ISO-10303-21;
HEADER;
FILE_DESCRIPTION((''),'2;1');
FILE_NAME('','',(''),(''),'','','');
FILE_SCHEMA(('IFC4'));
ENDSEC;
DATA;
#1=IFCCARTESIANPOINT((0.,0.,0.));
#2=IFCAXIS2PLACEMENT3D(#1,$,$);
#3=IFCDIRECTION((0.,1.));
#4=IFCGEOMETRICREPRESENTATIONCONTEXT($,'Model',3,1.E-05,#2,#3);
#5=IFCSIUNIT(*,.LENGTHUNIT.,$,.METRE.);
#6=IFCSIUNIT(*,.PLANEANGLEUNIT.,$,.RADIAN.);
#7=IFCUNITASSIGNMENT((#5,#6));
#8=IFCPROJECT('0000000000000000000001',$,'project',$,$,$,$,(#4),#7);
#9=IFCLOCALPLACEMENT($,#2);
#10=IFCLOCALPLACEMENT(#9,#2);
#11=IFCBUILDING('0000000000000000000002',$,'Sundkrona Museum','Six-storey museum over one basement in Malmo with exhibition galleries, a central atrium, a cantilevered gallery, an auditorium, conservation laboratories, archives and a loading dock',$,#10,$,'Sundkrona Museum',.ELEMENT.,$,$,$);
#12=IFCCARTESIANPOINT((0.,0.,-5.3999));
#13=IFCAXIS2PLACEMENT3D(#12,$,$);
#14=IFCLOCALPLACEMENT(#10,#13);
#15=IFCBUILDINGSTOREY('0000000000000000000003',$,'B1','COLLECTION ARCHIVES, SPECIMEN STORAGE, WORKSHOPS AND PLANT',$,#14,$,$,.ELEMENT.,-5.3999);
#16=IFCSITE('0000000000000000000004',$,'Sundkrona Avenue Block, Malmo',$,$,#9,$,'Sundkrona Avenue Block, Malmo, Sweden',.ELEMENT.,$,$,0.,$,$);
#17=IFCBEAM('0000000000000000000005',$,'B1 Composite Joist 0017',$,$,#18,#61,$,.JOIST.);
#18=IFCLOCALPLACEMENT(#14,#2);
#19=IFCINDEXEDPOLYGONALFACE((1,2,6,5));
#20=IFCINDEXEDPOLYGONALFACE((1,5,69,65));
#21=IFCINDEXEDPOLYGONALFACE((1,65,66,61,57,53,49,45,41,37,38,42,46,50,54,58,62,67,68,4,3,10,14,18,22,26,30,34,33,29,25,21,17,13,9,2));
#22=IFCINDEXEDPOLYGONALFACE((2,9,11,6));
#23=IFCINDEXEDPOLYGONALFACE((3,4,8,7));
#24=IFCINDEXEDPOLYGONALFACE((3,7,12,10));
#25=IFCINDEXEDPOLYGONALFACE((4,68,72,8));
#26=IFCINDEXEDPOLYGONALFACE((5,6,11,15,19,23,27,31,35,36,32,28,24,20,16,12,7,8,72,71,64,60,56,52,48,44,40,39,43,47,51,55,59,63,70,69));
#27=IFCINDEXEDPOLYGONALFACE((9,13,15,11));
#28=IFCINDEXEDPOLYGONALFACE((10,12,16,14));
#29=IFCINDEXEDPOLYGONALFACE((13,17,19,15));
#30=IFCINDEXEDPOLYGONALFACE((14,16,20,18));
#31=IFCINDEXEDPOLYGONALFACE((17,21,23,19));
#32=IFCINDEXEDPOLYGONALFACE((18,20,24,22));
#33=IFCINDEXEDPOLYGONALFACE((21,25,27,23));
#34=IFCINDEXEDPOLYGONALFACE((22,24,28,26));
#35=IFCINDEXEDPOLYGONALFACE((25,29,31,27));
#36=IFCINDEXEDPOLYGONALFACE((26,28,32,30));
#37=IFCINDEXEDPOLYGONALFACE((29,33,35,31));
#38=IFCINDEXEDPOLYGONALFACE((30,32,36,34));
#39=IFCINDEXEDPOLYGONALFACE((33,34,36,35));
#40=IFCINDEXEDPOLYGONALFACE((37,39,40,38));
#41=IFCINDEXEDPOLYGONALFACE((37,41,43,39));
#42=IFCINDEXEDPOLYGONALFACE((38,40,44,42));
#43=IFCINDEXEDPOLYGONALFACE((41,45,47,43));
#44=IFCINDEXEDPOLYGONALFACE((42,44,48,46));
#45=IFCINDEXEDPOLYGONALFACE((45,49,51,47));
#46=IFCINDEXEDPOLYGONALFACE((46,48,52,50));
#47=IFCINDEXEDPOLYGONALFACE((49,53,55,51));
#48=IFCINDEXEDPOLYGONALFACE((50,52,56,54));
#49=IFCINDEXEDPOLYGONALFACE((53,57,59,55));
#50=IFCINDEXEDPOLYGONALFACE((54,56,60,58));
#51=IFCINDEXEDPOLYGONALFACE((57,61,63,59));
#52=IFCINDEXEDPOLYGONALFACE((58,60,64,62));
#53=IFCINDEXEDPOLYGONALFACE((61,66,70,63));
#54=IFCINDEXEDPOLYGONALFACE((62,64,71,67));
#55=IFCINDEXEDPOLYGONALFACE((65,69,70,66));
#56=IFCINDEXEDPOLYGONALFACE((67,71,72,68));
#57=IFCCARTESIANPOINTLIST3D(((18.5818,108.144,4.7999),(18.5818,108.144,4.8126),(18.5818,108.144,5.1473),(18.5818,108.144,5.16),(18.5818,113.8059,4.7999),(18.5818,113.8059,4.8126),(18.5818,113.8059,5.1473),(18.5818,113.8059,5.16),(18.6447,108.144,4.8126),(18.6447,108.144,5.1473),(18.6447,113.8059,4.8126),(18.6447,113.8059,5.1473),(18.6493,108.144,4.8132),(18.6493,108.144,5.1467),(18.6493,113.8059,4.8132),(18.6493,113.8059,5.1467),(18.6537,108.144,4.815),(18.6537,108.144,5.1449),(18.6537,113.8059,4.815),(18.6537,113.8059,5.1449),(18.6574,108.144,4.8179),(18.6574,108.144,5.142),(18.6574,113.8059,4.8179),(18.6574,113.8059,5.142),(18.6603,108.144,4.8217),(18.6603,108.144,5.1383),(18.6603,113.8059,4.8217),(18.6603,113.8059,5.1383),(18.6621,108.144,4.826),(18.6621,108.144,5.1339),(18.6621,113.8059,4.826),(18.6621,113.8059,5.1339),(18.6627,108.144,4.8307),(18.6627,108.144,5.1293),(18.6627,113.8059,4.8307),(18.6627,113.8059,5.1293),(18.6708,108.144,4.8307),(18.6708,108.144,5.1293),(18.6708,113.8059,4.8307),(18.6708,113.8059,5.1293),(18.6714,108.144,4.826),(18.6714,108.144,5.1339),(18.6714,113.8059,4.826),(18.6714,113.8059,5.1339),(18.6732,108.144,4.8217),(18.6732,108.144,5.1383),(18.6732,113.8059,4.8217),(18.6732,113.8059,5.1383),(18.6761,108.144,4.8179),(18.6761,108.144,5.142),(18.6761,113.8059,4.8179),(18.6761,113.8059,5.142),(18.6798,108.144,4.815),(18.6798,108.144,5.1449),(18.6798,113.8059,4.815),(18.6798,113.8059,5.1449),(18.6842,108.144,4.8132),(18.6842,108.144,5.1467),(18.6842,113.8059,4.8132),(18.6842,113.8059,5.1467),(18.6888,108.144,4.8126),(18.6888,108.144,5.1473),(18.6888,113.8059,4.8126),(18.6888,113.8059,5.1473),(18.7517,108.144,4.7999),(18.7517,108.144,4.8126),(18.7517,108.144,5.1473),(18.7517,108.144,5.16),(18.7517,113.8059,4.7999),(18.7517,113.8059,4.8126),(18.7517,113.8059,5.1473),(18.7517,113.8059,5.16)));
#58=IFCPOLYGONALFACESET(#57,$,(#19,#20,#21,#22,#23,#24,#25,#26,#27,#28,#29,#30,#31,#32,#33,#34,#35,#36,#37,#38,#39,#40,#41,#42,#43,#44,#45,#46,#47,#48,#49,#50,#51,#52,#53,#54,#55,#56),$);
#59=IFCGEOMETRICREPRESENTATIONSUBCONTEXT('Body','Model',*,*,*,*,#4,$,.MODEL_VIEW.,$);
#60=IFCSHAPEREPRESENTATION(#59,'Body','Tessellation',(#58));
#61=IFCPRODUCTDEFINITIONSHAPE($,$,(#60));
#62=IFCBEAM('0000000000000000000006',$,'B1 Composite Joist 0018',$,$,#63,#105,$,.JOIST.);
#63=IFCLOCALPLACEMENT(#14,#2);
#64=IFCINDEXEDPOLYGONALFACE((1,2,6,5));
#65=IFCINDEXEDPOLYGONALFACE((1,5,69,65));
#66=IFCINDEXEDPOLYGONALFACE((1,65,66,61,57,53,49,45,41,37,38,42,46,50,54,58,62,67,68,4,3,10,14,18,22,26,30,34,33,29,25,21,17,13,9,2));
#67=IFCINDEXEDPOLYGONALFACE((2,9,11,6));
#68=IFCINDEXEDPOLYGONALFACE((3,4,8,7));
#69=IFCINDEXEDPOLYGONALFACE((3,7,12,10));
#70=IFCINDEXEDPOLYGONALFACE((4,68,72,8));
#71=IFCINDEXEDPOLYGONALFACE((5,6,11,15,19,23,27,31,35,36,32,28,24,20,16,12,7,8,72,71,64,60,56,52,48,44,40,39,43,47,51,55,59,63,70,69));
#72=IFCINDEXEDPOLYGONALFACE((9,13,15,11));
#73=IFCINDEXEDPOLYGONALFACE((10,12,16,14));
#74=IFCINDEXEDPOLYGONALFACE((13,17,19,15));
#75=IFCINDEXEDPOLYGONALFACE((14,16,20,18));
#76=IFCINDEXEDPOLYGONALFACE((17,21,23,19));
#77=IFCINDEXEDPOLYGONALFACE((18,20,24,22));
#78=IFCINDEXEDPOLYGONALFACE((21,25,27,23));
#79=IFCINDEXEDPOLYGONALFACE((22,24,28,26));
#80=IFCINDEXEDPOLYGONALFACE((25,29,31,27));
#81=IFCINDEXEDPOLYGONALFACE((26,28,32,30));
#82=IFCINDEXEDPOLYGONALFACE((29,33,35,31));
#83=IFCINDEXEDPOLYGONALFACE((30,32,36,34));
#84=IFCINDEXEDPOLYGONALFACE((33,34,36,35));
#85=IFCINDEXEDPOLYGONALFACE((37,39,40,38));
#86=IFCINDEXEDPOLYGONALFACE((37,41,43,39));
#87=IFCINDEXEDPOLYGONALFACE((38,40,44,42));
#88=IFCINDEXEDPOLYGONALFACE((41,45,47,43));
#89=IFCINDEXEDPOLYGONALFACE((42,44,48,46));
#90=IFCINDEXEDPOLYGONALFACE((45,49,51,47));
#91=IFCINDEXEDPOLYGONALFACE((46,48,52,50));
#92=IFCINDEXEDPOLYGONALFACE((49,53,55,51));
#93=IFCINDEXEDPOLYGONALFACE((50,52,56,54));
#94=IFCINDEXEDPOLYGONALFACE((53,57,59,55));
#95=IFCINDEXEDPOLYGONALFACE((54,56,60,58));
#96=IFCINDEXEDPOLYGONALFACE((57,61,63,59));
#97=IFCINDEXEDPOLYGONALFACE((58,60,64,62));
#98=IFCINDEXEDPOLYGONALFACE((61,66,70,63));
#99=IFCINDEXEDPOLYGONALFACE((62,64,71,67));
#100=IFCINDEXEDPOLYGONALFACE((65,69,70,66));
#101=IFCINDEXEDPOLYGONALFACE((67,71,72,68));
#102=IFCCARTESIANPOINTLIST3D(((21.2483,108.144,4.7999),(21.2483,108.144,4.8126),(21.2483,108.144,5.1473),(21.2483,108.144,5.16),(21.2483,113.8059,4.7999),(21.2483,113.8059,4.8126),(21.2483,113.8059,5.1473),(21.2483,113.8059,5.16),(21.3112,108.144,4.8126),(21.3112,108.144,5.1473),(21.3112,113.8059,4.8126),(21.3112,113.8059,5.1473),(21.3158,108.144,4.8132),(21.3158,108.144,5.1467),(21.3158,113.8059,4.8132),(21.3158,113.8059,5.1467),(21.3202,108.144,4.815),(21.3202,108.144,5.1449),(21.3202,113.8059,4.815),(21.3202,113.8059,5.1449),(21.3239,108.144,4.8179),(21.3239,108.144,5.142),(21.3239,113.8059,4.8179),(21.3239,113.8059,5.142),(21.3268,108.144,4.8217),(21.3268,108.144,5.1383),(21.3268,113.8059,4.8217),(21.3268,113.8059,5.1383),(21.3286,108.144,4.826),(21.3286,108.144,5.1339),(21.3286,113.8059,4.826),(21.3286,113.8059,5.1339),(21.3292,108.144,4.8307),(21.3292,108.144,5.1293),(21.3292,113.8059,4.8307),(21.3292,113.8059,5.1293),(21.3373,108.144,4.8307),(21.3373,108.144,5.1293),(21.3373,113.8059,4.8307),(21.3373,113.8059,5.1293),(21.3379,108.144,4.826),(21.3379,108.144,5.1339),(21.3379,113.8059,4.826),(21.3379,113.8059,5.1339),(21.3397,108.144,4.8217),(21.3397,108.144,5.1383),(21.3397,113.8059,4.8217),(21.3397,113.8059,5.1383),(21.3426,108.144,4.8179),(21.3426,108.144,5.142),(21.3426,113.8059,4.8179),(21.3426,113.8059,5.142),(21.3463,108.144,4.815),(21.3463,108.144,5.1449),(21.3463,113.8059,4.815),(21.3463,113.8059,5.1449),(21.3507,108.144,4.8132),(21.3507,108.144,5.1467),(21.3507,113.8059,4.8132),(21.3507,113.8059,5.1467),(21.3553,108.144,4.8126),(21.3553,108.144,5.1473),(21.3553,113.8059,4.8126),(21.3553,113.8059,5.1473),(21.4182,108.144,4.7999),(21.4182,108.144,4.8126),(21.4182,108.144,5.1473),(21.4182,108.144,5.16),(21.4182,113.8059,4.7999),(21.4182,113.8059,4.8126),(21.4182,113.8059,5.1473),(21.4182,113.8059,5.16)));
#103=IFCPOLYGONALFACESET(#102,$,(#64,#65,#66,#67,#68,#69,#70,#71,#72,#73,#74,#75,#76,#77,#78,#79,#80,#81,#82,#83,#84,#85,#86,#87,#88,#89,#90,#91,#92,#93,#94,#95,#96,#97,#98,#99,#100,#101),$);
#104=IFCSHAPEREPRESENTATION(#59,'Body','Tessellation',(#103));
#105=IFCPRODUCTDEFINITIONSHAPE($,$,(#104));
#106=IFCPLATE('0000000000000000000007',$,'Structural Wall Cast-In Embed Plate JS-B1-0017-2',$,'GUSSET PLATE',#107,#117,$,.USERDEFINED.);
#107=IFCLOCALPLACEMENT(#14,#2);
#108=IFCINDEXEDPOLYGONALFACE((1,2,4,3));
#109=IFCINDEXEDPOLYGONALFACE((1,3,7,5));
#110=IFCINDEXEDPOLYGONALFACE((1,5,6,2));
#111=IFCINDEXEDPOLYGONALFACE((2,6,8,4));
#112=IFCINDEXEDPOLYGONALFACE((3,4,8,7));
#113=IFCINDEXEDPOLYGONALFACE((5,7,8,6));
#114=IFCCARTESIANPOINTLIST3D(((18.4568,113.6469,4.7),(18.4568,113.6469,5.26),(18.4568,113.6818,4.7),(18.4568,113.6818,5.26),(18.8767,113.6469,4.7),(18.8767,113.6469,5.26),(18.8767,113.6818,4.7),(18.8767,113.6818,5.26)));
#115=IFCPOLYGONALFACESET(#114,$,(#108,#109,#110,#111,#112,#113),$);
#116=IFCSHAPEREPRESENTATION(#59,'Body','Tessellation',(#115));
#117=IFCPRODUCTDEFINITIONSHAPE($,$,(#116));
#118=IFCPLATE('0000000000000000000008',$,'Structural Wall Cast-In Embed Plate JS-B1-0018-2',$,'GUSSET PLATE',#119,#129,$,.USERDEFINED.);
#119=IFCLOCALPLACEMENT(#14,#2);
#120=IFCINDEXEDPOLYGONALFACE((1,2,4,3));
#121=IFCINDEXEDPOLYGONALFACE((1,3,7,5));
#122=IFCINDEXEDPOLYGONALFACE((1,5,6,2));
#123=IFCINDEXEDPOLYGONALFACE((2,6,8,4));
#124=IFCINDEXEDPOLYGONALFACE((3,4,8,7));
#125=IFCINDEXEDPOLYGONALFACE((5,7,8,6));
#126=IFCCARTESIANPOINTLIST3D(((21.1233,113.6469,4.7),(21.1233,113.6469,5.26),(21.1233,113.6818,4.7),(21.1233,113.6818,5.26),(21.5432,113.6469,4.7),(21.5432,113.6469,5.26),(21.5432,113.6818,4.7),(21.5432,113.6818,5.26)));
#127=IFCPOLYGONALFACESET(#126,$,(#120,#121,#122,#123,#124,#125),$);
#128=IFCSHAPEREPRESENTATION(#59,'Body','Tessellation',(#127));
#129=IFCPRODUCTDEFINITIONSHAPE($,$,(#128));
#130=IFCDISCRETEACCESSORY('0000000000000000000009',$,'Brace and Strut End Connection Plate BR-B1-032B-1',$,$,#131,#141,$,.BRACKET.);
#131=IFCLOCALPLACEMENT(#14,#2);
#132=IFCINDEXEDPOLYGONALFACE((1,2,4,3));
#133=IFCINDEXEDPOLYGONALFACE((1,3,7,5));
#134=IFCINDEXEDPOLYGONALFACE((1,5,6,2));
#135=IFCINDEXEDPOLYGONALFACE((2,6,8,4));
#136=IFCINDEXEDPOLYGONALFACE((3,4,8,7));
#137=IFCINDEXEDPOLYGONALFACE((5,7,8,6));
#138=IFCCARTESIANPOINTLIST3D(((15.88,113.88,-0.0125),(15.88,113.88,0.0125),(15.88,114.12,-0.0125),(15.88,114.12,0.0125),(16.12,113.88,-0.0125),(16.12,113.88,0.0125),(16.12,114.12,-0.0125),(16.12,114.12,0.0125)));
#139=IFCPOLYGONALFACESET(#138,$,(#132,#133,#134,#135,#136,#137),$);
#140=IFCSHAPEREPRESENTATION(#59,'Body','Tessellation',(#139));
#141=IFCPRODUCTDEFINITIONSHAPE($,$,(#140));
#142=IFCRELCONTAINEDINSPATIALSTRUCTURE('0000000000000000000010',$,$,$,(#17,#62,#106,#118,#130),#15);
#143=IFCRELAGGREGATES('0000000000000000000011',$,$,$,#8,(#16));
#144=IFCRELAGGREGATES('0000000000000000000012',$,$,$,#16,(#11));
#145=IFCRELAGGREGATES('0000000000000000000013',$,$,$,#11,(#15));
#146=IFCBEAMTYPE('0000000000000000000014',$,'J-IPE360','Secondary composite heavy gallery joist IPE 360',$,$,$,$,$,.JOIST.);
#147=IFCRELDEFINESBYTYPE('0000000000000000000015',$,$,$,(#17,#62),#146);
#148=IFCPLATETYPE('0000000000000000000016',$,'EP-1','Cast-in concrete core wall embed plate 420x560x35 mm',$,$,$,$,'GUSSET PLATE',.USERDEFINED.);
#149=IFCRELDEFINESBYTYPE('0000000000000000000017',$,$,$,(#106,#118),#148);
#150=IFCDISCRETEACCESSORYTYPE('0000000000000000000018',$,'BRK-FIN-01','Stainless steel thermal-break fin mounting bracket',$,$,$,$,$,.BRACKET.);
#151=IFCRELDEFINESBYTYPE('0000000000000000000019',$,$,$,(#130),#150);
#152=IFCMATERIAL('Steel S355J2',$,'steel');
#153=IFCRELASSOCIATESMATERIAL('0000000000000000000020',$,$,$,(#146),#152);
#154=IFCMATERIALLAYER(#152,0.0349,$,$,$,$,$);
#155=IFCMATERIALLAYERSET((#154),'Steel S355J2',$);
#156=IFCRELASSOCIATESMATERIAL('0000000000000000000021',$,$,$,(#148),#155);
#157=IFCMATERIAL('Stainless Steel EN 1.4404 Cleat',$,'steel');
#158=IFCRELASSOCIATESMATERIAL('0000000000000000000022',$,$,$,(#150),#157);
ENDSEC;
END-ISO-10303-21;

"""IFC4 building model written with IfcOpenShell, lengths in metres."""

from ifc_helpers import new_model, si_unit, direction, frame, origin, origin_2d, place, context, subcontext, project, spatial, rectangle, i_section, extrude, material, layer, layer_set, material_profile, profile_set, type_object, element, save


model = new_model("IFC4")

# Units and contexts
model_context = context("Model", 3, precision=1e-05, world=origin(), true_north=direction((0.0, 1.0)))
body_context = subcontext(model_context, "Body", "Model", "MODEL_VIEW")
ifc_project = project(units=[si_unit("LENGTHUNIT", "METRE"), si_unit("PLANEANGLEUNIT", "RADIAN")], contexts=[model_context])

# Site, building, storey
site_placement = place(None, origin())
site = spatial("IfcSite", under=ifc_project, at=site_placement, Name="Sundkrona Avenue Block, Malmo", LongName="Sundkrona Avenue Block, Malmo, Sweden", CompositionType="ELEMENT", RefElevation=0.0)
building_placement = place(site_placement, origin())
building = spatial("IfcBuilding", under=site, at=building_placement, Name="Sundkrona Museum", Description="Six-storey museum over one basement in Malmo with exhibition galleries, a central atrium, a cantilevered gallery, an auditorium, conservation laboratories, archives and a loading dock", LongName="Sundkrona Museum", CompositionType="ELEMENT")
storey_placement = place(building_placement, frame((0.0, 0.0, -5.3999)))
storey = spatial("IfcBuildingStorey", under=building, at=storey_placement, Name="B1", Description="COLLECTION ARCHIVES, SPECIMEN STORAGE, WORKSHOPS AND PLANT", CompositionType="ELEMENT", Elevation=-5.3999)

# Shared definitions
ifc_material_1 = material(Name="Steel S355J2", Category="steel")

# Beams
ifc_material_profile_1 = material_profile(ifc_material_1, i_section(OverallWidth=0.1699, OverallDepth=0.3601, WebThickness=0.0081, FlangeThickness=0.0127, FilletRadius=0.0181, at=origin_2d()), Name="IPE 360")
ifc_profile_set_1 = profile_set([ifc_material_profile_1], Name="Steel S355J2")
beam_type_1 = type_object("IfcBeamType", Name="J-IPE360", Description="Secondary composite heavy gallery joist IPE 360", PredefinedType="JOIST", material=ifc_profile_set_1)
for number, where, z_axis, x_axis, name in (
    (1, (18.6667, 108.144, 4.98), (0.0, 1.0, 0.0), (-1.0, 0.0, 0.0), "B1 Composite Joist 0017"),
    (2, (21.3333, 108.144, 4.98), (0.0, 1.0, 0.0), (-1.0, 0.0, 0.0), "B1 Composite Joist 0018"),
):
    element("IfcBeam", number, at=place(storey_placement, frame(where, z_axis=z_axis, x_axis=x_axis)), inside=storey, type_object=beam_type_1, Name=name, PredefinedType="JOIST", context=body_context, shape_type="SweptSolid", body=[
        extrude(i_section(OverallWidth=0.1699, OverallDepth=0.3601, WebThickness=0.0081, FlangeThickness=0.0127, FilletRadius=0.0181, at=origin_2d()), origin(), (0.0, 0.0, 1.0), 5.6619),
    ])

# Plates
ifc_layer = layer(ifc_material_1, 0.0349)
ifc_layer_set = layer_set([ifc_layer], Name="Steel S355J2")
plate_type = type_object("IfcPlateType", Name="EP-1", Description="Cast-in concrete core wall embed plate 420x560x35 mm", ElementType="GUSSET PLATE", PredefinedType="USERDEFINED", material=ifc_layer_set)
for number, where, z_axis, x_axis, name in (
    (3, (18.6667, 113.6643, 4.7), (0.0, 0.0, 1.0), (1.0, 0.0, 0.0), "Structural Wall Cast-In Embed Plate JS-B1-0017-2"),
    (4, (21.3333, 113.6643, 4.7), (0.0, 0.0, 1.0), (1.0, 0.0, 0.0), "Structural Wall Cast-In Embed Plate JS-B1-0018-2"),
):
    element("IfcPlate", number, at=place(storey_placement, frame(where, z_axis=z_axis, x_axis=x_axis)), inside=storey, type_object=plate_type, Name=name, ObjectType="GUSSET PLATE", PredefinedType="USERDEFINED", context=body_context, shape_type="SweptSolid", body=[
        extrude(rectangle(XDim=0.4199, YDim=0.0349, at=origin_2d()), origin(), (0.0, 0.0, 1.0), 0.5601),
    ])

# Discrete accessory
ifc_material_2 = material(Name="Stainless Steel EN 1.4404 Cleat", Category="steel")
discrete_accessory_type = type_object("IfcDiscreteAccessoryType", Name="BRK-FIN-01", Description="Stainless steel thermal-break fin mounting bracket", PredefinedType="BRACKET", material=ifc_material_2)
discrete_accessory_placement = place(storey_placement, frame((16.0, 114.0, -0.0125), z_axis=(0.0, 0.0, 1.0), x_axis=(1.0, 0.0, 0.0)))
element("IfcDiscreteAccessory", 5, at=discrete_accessory_placement, inside=storey, type_object=discrete_accessory_type, Name="Brace and Strut End Connection Plate BR-B1-032B-1", PredefinedType="BRACKET", context=body_context, shape_type="SweptSolid", body=[
    extrude(rectangle(XDim=0.24, YDim=0.24, at=origin_2d()), origin(), (0.0, 0.0, 1.0), 0.0249),
])

save(model, "model.ifc")
